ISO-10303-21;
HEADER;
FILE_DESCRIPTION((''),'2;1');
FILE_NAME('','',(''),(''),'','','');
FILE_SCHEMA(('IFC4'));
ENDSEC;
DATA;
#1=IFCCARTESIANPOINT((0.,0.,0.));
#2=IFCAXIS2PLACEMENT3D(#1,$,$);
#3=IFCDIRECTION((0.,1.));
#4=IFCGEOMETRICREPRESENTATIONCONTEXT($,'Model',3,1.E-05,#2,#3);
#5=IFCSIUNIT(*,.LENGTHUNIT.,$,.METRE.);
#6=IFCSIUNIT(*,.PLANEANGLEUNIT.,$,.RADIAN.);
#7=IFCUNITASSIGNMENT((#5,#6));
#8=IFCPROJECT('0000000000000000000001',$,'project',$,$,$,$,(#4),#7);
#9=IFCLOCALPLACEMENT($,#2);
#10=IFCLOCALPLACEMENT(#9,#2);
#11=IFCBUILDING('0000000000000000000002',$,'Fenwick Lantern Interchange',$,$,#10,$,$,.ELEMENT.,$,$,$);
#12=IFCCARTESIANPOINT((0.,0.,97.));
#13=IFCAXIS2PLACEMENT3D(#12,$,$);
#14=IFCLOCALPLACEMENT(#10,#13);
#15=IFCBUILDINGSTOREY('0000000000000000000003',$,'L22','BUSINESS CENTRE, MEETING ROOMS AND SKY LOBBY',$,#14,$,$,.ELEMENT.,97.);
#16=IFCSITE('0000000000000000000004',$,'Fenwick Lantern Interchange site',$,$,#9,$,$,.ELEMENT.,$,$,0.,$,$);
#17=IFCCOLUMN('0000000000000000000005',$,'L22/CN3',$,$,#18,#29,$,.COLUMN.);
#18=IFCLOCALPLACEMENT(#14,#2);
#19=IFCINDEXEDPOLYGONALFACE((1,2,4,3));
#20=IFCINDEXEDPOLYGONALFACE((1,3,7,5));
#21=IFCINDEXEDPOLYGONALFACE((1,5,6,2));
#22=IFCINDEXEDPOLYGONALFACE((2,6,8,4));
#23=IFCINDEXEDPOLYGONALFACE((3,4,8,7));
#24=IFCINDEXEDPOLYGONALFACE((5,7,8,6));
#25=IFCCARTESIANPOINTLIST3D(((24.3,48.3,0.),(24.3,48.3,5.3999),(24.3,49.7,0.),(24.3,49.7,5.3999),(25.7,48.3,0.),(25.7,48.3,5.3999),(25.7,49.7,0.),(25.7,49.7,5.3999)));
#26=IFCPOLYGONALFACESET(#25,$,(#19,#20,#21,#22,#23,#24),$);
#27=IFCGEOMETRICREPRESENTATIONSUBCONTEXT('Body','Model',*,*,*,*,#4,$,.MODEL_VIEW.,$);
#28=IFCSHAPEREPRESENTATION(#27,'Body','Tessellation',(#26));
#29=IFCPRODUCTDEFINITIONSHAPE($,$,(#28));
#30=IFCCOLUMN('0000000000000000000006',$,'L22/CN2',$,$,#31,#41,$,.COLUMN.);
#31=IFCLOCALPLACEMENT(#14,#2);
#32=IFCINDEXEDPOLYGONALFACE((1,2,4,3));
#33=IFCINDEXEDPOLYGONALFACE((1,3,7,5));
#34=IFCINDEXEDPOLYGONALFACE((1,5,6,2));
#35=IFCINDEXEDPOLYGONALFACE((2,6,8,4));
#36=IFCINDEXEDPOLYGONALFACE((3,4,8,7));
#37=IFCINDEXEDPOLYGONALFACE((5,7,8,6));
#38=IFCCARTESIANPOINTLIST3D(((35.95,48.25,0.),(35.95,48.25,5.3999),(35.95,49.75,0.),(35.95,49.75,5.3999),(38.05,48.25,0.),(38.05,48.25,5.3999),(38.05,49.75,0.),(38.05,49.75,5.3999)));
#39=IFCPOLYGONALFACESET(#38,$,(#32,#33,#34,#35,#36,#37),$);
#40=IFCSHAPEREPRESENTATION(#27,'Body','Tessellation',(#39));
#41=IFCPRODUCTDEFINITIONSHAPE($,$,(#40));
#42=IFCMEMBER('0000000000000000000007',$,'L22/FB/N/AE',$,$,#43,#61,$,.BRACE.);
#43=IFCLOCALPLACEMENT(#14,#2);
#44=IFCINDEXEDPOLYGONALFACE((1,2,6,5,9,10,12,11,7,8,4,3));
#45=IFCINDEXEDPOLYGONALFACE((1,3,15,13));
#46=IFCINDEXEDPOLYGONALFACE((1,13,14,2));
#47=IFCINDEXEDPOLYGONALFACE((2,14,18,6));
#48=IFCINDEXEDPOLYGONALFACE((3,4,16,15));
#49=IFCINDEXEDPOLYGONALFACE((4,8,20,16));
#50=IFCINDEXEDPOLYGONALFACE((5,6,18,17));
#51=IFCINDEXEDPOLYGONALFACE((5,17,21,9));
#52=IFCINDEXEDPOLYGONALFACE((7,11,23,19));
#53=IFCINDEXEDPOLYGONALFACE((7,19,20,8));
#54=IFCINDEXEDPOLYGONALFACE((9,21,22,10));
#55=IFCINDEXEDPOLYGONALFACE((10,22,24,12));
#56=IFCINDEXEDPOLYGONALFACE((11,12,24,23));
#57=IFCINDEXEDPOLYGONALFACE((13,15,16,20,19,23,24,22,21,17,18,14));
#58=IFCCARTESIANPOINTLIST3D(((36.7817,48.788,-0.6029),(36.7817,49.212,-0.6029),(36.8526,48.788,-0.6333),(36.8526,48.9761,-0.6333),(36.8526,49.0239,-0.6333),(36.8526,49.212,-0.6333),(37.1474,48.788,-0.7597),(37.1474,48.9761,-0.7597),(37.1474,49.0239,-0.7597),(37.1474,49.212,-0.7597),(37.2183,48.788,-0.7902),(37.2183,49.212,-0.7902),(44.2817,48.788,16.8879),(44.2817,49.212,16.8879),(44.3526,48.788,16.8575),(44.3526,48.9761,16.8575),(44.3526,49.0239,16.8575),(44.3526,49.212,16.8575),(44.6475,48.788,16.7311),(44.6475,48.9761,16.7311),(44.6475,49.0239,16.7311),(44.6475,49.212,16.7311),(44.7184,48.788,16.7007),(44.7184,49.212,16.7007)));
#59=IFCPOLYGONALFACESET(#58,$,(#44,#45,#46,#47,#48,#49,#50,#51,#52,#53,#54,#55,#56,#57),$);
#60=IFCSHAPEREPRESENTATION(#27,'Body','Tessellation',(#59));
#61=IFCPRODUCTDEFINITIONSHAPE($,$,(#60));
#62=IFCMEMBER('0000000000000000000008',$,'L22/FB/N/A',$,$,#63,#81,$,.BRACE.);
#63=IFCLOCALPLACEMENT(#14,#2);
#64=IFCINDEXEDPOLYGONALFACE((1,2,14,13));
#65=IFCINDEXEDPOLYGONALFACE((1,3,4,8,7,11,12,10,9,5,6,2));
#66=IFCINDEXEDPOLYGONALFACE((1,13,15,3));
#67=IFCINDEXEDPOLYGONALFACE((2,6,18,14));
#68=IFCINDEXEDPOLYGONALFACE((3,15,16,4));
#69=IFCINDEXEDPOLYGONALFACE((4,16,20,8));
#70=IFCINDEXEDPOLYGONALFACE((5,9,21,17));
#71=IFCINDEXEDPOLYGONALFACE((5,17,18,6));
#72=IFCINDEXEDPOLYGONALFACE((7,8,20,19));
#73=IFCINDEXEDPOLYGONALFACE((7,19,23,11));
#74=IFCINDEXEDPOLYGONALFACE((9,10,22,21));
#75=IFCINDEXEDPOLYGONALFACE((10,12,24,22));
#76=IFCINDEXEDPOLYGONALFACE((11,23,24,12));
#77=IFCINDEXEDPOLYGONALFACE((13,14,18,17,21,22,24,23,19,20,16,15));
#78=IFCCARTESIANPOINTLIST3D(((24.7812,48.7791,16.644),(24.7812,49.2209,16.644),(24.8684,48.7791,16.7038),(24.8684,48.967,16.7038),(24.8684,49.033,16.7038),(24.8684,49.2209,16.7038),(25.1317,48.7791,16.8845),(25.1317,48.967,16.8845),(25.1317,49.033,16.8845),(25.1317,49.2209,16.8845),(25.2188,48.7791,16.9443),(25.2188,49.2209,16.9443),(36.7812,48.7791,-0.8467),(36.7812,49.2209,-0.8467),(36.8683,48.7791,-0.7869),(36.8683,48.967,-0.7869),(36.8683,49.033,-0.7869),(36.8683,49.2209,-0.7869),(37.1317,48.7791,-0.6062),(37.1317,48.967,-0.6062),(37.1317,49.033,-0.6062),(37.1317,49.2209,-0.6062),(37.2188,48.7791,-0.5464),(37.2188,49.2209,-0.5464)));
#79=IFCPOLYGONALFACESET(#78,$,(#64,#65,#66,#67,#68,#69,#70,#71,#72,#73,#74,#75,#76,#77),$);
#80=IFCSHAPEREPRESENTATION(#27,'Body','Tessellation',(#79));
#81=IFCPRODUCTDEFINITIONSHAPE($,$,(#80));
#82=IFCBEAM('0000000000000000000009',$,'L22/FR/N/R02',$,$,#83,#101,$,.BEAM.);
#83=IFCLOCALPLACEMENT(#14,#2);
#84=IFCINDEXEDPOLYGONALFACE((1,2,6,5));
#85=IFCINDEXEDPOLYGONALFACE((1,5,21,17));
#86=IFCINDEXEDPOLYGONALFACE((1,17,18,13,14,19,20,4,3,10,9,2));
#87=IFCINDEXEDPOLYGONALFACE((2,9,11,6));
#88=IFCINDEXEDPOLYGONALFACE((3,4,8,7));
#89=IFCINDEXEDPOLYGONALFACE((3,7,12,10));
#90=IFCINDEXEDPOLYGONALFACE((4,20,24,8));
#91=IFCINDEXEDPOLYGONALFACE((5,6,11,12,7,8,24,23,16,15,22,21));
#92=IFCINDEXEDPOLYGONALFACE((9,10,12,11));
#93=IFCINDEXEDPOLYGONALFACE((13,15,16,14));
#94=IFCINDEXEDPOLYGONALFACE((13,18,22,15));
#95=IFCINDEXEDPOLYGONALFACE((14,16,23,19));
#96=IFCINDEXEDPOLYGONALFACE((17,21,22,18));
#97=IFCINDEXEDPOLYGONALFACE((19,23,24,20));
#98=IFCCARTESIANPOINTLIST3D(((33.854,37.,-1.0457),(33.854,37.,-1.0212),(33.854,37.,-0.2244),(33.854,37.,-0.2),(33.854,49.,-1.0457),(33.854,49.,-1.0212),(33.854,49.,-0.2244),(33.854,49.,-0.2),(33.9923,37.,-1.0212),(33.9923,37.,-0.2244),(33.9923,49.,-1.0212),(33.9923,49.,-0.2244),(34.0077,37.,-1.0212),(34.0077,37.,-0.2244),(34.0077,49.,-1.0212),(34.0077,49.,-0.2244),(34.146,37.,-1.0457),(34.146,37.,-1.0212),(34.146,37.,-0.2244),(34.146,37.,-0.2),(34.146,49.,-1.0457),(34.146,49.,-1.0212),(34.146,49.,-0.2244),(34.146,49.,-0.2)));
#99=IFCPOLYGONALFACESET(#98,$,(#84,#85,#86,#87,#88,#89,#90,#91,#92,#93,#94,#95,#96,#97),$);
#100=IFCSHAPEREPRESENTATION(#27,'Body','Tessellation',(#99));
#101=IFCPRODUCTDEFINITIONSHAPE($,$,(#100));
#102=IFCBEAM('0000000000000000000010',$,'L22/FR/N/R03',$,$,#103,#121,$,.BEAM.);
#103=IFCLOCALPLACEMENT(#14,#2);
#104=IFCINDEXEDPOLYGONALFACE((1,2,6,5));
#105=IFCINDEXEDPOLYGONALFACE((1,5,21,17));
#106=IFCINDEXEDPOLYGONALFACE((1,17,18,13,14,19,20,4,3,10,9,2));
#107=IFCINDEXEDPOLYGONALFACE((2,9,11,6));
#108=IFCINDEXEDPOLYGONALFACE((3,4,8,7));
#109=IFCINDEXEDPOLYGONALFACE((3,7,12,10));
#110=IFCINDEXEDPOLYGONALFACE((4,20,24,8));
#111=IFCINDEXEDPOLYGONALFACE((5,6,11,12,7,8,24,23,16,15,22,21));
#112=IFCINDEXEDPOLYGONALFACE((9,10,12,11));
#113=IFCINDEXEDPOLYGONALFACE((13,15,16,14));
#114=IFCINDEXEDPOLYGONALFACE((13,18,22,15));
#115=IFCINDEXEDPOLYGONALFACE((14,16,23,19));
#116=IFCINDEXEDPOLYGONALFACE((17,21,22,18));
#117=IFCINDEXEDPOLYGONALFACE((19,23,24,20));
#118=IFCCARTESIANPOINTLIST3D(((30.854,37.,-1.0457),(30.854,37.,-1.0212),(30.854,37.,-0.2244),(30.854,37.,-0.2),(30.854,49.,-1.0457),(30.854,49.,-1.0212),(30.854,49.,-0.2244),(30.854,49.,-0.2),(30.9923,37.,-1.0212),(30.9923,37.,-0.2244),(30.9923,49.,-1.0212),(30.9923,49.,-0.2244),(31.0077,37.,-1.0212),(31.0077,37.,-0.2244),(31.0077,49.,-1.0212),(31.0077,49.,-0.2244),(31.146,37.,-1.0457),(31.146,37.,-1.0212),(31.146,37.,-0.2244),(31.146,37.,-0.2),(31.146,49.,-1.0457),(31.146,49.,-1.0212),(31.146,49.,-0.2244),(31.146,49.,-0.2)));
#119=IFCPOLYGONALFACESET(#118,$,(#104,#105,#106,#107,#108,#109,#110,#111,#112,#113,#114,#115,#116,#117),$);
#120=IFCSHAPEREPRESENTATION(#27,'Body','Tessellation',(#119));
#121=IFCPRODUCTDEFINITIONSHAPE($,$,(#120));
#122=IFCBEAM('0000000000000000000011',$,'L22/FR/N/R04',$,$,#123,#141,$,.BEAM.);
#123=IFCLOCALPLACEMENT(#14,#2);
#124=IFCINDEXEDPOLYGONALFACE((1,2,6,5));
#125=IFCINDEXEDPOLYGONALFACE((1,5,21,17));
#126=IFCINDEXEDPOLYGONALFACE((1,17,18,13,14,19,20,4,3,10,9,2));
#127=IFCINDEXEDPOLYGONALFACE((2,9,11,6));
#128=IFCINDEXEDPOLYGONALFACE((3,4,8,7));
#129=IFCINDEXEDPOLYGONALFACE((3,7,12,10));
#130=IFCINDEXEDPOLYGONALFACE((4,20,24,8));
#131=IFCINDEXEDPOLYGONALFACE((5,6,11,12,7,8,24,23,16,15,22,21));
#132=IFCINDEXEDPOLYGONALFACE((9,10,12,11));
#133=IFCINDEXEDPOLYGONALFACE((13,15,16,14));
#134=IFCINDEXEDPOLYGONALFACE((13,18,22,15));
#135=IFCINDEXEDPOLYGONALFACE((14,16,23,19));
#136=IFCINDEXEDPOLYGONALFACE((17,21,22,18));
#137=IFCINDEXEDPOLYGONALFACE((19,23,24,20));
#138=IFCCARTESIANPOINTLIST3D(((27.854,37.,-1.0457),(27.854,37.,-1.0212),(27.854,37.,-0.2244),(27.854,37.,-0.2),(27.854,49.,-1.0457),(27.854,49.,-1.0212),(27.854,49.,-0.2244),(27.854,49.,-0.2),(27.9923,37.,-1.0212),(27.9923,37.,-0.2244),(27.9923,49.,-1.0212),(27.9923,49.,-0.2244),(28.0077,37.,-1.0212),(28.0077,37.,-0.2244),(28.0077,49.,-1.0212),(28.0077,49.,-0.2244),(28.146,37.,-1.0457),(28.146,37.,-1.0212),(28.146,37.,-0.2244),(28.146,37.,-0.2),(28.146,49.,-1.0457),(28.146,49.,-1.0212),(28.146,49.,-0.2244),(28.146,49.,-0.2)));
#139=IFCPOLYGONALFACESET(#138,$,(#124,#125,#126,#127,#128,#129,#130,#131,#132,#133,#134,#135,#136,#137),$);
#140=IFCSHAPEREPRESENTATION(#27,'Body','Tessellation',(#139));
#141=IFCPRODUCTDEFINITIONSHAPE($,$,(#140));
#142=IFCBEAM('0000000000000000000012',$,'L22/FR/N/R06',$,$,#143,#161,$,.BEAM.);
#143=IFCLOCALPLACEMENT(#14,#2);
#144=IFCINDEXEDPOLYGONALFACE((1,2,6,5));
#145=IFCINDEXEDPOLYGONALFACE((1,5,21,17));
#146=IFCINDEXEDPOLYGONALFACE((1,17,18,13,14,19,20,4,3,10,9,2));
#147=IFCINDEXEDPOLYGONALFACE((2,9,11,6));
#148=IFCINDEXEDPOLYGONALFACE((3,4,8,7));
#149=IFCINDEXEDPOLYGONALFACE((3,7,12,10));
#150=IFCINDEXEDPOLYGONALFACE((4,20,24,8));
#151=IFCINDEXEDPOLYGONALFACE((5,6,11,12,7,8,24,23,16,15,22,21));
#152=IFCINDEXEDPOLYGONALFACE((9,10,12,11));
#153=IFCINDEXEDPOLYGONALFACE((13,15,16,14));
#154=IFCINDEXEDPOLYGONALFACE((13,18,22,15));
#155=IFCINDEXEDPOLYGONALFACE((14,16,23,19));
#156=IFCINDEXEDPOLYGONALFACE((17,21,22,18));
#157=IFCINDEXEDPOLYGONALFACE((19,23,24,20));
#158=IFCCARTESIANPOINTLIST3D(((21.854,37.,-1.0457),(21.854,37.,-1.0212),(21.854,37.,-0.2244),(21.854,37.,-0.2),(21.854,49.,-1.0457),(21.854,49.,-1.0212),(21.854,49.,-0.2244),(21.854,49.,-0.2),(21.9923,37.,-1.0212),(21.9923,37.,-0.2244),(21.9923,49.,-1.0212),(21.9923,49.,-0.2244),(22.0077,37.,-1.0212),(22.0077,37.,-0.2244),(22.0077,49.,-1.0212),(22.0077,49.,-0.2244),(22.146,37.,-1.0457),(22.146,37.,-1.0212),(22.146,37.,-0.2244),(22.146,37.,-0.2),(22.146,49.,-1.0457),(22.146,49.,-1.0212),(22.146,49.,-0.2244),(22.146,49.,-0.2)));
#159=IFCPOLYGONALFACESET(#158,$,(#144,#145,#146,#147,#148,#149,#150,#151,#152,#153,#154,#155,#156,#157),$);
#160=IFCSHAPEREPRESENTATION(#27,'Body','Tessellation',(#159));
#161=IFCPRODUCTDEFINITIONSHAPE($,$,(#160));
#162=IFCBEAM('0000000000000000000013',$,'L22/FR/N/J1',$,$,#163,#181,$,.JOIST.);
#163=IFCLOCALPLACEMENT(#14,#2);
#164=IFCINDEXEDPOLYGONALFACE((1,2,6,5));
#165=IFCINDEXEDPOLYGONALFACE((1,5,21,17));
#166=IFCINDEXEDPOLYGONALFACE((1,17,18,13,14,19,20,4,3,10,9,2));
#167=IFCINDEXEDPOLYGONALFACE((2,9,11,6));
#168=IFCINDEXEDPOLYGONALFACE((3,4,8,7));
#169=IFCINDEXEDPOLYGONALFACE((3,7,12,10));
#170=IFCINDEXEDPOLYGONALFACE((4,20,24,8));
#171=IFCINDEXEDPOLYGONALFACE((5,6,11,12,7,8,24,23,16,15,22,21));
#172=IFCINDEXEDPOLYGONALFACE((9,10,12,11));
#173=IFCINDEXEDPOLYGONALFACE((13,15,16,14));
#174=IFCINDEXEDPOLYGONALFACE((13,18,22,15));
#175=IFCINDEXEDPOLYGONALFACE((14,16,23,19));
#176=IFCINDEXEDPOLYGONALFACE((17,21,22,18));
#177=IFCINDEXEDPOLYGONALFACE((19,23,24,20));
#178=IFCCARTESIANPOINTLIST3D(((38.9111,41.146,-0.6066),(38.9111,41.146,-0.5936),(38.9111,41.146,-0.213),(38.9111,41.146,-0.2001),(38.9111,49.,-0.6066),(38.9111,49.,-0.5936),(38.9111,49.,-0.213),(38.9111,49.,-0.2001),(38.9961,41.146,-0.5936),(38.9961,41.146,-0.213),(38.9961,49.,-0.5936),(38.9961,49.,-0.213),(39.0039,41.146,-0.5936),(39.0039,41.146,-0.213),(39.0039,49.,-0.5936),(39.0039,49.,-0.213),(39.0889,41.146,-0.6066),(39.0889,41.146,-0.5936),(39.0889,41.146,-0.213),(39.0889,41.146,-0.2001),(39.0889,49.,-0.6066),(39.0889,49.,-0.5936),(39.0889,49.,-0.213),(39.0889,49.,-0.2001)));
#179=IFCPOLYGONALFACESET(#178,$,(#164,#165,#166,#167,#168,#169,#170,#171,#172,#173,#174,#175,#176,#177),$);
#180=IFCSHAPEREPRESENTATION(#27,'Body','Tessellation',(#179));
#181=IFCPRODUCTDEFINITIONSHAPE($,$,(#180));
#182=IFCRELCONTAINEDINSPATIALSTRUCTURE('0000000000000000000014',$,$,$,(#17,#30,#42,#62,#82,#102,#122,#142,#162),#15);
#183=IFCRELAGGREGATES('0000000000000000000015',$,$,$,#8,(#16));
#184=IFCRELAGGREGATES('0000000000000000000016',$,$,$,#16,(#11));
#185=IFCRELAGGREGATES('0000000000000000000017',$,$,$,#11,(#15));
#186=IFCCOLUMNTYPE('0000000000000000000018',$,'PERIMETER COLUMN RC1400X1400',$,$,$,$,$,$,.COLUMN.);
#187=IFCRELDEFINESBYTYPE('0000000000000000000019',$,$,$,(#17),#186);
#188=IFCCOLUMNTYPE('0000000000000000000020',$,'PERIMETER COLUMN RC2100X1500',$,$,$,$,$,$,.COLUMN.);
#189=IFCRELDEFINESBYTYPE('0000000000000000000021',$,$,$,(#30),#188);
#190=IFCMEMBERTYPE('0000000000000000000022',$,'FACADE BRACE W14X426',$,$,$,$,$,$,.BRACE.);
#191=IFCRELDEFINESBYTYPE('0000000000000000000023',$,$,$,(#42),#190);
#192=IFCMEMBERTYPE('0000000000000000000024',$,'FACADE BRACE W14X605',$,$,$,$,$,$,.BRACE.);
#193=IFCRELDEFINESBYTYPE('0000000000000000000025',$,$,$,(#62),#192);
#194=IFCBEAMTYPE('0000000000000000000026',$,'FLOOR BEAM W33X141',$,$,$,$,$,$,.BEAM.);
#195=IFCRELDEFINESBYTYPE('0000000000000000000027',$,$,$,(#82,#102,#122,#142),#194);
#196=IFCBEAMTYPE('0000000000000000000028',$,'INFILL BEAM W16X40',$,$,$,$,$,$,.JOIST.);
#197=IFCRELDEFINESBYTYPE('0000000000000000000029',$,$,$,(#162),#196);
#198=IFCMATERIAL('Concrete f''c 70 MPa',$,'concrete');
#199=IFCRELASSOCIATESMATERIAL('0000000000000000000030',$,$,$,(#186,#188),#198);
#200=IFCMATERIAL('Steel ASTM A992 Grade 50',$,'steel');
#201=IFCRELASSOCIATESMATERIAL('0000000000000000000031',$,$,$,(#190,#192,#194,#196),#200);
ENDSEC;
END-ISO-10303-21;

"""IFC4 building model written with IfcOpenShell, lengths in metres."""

from ifc_helpers import new_model, si_unit, direction, frame, origin, origin_2d, place, context, subcontext, project, spatial, rectangle, i_section, extrude, material, material_profile, profile_set, type_object, element, save


model = new_model("IFC4")

# Units and contexts
model_context = context("Model", 3, precision=1e-05, world=origin(), true_north=direction((0.0, 1.0)))
body_context = subcontext(model_context, "Body", "Model", "MODEL_VIEW")
ifc_project = project(units=[si_unit("LENGTHUNIT", "METRE"), si_unit("PLANEANGLEUNIT", "RADIAN")], contexts=[model_context])

# Site, building, storey
site_placement = place(None, origin())
site = spatial("IfcSite", under=ifc_project, at=site_placement, Name="Fenwick Lantern Interchange site", CompositionType="ELEMENT", RefElevation=0.0)
building_placement = place(site_placement, origin())
building = spatial("IfcBuilding", under=site, at=building_placement, Name="Fenwick Lantern Interchange", CompositionType="ELEMENT")
storey_placement = place(building_placement, frame((0.0, 0.0, 97.0)))
storey = spatial("IfcBuildingStorey", under=building, at=storey_placement, Name="L22", Description="BUSINESS CENTRE, MEETING ROOMS AND SKY LOBBY", CompositionType="ELEMENT", Elevation=97.0)

# Columns
ifc_material_1 = material(Name="Concrete f'c 70 MPa", Category="concrete")
ifc_material_profile_1 = material_profile(ifc_material_1, rectangle(XDim=1.3999, YDim=1.3999, at=origin_2d()), Name="RC1400X1400")
ifc_profile_set_1 = profile_set([ifc_material_profile_1], Name="Concrete f'c 70 MPa")
column_type_1 = type_object("IfcColumnType", Name="PERIMETER COLUMN RC1400X1400", PredefinedType="COLUMN", material=ifc_profile_set_1)
column_1_placement = place(storey_placement, frame((25.0, 49.0, 0.0), z_axis=(0.0, 0.0, 1.0), x_axis=(1.0, 0.0, 0.0)))
element("IfcColumn", 1, at=column_1_placement, inside=storey, type_object=column_type_1, Name="L22/CN3", PredefinedType="COLUMN", context=body_context, shape_type="SweptSolid", body=[
    extrude(rectangle(XDim=1.3999, YDim=1.3999, at=origin_2d()), origin(), (0.0, 0.0, 1.0), 5.3999),
])
ifc_material_profile_2 = material_profile(ifc_material_1, rectangle(XDim=2.1001, YDim=1.5, at=origin_2d()), Name="RC2100X1500")
ifc_profile_set_2 = profile_set([ifc_material_profile_2], Name="Concrete f'c 70 MPa")
column_type_2 = type_object("IfcColumnType", Name="PERIMETER COLUMN RC2100X1500", PredefinedType="COLUMN", material=ifc_profile_set_2)
column_2_placement = place(storey_placement, frame((37.0, 49.0, 0.0), z_axis=(0.0, 0.0, 1.0), x_axis=(1.0, 0.0, 0.0)))
element("IfcColumn", 2, at=column_2_placement, inside=storey, type_object=column_type_2, Name="L22/CN2", PredefinedType="COLUMN", context=body_context, shape_type="SweptSolid", body=[
    extrude(rectangle(XDim=2.1001, YDim=1.5, at=origin_2d()), origin(), (0.0, 0.0, 1.0), 5.3999),
])

# Members
ifc_material_2 = material(Name="Steel ASTM A992 Grade 50", Category="steel")
ifc_material_profile_3 = material_profile(ifc_material_2, i_section(OverallWidth=0.4241, OverallDepth=0.4751, WebThickness=0.0479, FlangeThickness=0.0771, at=origin_2d()), Name="W14X426")
ifc_profile_set_3 = profile_set([ifc_material_profile_3], Name="Steel ASTM A992 Grade 50")
member_type_1 = type_object("IfcMemberType", Name="FACADE BRACE W14X426", PredefinedType="BRACE", material=ifc_profile_set_3)
member_1_placement = place(storey_placement, frame((37.0, 49.0, -0.6965), z_axis=(0.394096, 0.0, 0.919069), x_axis=(0.0, 1.0, 0.0)))
element("IfcMember", 3, at=member_1_placement, inside=storey, type_object=member_type_1, Name="L22/FB/N/AE", PredefinedType="BRACE", context=body_context, shape_type="SweptSolid", body=[
    extrude(i_section(OverallWidth=0.4241, OverallDepth=0.4751, WebThickness=0.0479, FlangeThickness=0.0771, at=origin_2d()), origin(), (0.0, 0.0, 1.0), 19.031),
])
ifc_material_profile_4 = material_profile(ifc_material_2, i_section(OverallWidth=0.4419, OverallDepth=0.5308, WebThickness=0.0659, FlangeThickness=0.1057, at=origin_2d()), Name="W14X605")
ifc_profile_set_4 = profile_set([ifc_material_profile_4], Name="Steel ASTM A992 Grade 50")
member_type_2 = type_object("IfcMemberType", Name="FACADE BRACE W14X605", PredefinedType="BRACE", material=ifc_profile_set_4)
member_2_placement = place(storey_placement, frame((37.0, 49.0, -0.6965), z_axis=(-0.565732, 0.0, 0.824589), x_axis=(0.0, -1.0, 0.0)))
element("IfcMember", 4, at=member_2_placement, inside=storey, type_object=member_type_2, Name="L22/FB/N/A", PredefinedType="BRACE", context=body_context, shape_type="SweptSolid", body=[
    extrude(i_section(OverallWidth=0.4419, OverallDepth=0.5308, WebThickness=0.0659, FlangeThickness=0.1057, at=origin_2d()), origin(), (0.0, 0.0, 1.0), 21.2114),
])

# Beams
ifc_material_profile_5 = material_profile(ifc_material_2, i_section(OverallWidth=0.292, OverallDepth=0.8457, WebThickness=0.0154, FlangeThickness=0.0244, at=origin_2d()), Name="W33X141")
ifc_profile_set_5 = profile_set([ifc_material_profile_5], Name="Steel ASTM A992 Grade 50")
beam_type_1 = type_object("IfcBeamType", Name="FLOOR BEAM W33X141", PredefinedType="BEAM", material=ifc_profile_set_5)
for number, where, z_axis, x_axis, name in (
    (5, (34.0, 49.0, -0.6228), (0.0, -1.0, 0.0), (1.0, 0.0, 0.0), "L22/FR/N/R02"),
    (6, (31.0, 49.0, -0.6228), (0.0, -1.0, 0.0), (1.0, 0.0, 0.0), "L22/FR/N/R03"),
    (7, (28.0, 49.0, -0.6228), (0.0, -1.0, 0.0), (1.0, 0.0, 0.0), "L22/FR/N/R04"),
    (8, (22.0, 49.0, -0.6228), (0.0, -1.0, 0.0), (1.0, 0.0, 0.0), "L22/FR/N/R06"),
):
    element("IfcBeam", number, at=place(storey_placement, frame(where, z_axis=z_axis, x_axis=x_axis)), inside=storey, type_object=beam_type_1, Name=name, PredefinedType="BEAM", context=body_context, shape_type="SweptSolid", body=[
        extrude(i_section(OverallWidth=0.292, OverallDepth=0.8457, WebThickness=0.0154, FlangeThickness=0.0244, at=origin_2d()), origin(), (0.0, 0.0, 1.0), 12.0),
    ])
ifc_material_profile_6 = material_profile(ifc_material_2, i_section(OverallWidth=0.1777, OverallDepth=0.4065, WebThickness=0.0078, FlangeThickness=0.0129, at=origin_2d()), Name="W16X40")
ifc_profile_set_6 = profile_set([ifc_material_profile_6], Name="Steel ASTM A992 Grade 50")
beam_type_2 = type_object("IfcBeamType", Name="INFILL BEAM W16X40", PredefinedType="JOIST", material=ifc_profile_set_6)
beam_1_placement = place(storey_placement, frame((39.0, 49.0, -0.4033), z_axis=(0.0, -1.0, 0.0), x_axis=(1.0, 0.0, 0.0)))
element("IfcBeam", 9, at=beam_1_placement, inside=storey, type_object=beam_type_2, Name="L22/FR/N/J1", PredefinedType="JOIST", context=body_context, shape_type="SweptSolid", body=[
    extrude(i_section(OverallWidth=0.1777, OverallDepth=0.4065, WebThickness=0.0078, FlangeThickness=0.0129, at=origin_2d()), origin(), (0.0, 0.0, 1.0), 7.854),
])

save(model, "model.ifc")
